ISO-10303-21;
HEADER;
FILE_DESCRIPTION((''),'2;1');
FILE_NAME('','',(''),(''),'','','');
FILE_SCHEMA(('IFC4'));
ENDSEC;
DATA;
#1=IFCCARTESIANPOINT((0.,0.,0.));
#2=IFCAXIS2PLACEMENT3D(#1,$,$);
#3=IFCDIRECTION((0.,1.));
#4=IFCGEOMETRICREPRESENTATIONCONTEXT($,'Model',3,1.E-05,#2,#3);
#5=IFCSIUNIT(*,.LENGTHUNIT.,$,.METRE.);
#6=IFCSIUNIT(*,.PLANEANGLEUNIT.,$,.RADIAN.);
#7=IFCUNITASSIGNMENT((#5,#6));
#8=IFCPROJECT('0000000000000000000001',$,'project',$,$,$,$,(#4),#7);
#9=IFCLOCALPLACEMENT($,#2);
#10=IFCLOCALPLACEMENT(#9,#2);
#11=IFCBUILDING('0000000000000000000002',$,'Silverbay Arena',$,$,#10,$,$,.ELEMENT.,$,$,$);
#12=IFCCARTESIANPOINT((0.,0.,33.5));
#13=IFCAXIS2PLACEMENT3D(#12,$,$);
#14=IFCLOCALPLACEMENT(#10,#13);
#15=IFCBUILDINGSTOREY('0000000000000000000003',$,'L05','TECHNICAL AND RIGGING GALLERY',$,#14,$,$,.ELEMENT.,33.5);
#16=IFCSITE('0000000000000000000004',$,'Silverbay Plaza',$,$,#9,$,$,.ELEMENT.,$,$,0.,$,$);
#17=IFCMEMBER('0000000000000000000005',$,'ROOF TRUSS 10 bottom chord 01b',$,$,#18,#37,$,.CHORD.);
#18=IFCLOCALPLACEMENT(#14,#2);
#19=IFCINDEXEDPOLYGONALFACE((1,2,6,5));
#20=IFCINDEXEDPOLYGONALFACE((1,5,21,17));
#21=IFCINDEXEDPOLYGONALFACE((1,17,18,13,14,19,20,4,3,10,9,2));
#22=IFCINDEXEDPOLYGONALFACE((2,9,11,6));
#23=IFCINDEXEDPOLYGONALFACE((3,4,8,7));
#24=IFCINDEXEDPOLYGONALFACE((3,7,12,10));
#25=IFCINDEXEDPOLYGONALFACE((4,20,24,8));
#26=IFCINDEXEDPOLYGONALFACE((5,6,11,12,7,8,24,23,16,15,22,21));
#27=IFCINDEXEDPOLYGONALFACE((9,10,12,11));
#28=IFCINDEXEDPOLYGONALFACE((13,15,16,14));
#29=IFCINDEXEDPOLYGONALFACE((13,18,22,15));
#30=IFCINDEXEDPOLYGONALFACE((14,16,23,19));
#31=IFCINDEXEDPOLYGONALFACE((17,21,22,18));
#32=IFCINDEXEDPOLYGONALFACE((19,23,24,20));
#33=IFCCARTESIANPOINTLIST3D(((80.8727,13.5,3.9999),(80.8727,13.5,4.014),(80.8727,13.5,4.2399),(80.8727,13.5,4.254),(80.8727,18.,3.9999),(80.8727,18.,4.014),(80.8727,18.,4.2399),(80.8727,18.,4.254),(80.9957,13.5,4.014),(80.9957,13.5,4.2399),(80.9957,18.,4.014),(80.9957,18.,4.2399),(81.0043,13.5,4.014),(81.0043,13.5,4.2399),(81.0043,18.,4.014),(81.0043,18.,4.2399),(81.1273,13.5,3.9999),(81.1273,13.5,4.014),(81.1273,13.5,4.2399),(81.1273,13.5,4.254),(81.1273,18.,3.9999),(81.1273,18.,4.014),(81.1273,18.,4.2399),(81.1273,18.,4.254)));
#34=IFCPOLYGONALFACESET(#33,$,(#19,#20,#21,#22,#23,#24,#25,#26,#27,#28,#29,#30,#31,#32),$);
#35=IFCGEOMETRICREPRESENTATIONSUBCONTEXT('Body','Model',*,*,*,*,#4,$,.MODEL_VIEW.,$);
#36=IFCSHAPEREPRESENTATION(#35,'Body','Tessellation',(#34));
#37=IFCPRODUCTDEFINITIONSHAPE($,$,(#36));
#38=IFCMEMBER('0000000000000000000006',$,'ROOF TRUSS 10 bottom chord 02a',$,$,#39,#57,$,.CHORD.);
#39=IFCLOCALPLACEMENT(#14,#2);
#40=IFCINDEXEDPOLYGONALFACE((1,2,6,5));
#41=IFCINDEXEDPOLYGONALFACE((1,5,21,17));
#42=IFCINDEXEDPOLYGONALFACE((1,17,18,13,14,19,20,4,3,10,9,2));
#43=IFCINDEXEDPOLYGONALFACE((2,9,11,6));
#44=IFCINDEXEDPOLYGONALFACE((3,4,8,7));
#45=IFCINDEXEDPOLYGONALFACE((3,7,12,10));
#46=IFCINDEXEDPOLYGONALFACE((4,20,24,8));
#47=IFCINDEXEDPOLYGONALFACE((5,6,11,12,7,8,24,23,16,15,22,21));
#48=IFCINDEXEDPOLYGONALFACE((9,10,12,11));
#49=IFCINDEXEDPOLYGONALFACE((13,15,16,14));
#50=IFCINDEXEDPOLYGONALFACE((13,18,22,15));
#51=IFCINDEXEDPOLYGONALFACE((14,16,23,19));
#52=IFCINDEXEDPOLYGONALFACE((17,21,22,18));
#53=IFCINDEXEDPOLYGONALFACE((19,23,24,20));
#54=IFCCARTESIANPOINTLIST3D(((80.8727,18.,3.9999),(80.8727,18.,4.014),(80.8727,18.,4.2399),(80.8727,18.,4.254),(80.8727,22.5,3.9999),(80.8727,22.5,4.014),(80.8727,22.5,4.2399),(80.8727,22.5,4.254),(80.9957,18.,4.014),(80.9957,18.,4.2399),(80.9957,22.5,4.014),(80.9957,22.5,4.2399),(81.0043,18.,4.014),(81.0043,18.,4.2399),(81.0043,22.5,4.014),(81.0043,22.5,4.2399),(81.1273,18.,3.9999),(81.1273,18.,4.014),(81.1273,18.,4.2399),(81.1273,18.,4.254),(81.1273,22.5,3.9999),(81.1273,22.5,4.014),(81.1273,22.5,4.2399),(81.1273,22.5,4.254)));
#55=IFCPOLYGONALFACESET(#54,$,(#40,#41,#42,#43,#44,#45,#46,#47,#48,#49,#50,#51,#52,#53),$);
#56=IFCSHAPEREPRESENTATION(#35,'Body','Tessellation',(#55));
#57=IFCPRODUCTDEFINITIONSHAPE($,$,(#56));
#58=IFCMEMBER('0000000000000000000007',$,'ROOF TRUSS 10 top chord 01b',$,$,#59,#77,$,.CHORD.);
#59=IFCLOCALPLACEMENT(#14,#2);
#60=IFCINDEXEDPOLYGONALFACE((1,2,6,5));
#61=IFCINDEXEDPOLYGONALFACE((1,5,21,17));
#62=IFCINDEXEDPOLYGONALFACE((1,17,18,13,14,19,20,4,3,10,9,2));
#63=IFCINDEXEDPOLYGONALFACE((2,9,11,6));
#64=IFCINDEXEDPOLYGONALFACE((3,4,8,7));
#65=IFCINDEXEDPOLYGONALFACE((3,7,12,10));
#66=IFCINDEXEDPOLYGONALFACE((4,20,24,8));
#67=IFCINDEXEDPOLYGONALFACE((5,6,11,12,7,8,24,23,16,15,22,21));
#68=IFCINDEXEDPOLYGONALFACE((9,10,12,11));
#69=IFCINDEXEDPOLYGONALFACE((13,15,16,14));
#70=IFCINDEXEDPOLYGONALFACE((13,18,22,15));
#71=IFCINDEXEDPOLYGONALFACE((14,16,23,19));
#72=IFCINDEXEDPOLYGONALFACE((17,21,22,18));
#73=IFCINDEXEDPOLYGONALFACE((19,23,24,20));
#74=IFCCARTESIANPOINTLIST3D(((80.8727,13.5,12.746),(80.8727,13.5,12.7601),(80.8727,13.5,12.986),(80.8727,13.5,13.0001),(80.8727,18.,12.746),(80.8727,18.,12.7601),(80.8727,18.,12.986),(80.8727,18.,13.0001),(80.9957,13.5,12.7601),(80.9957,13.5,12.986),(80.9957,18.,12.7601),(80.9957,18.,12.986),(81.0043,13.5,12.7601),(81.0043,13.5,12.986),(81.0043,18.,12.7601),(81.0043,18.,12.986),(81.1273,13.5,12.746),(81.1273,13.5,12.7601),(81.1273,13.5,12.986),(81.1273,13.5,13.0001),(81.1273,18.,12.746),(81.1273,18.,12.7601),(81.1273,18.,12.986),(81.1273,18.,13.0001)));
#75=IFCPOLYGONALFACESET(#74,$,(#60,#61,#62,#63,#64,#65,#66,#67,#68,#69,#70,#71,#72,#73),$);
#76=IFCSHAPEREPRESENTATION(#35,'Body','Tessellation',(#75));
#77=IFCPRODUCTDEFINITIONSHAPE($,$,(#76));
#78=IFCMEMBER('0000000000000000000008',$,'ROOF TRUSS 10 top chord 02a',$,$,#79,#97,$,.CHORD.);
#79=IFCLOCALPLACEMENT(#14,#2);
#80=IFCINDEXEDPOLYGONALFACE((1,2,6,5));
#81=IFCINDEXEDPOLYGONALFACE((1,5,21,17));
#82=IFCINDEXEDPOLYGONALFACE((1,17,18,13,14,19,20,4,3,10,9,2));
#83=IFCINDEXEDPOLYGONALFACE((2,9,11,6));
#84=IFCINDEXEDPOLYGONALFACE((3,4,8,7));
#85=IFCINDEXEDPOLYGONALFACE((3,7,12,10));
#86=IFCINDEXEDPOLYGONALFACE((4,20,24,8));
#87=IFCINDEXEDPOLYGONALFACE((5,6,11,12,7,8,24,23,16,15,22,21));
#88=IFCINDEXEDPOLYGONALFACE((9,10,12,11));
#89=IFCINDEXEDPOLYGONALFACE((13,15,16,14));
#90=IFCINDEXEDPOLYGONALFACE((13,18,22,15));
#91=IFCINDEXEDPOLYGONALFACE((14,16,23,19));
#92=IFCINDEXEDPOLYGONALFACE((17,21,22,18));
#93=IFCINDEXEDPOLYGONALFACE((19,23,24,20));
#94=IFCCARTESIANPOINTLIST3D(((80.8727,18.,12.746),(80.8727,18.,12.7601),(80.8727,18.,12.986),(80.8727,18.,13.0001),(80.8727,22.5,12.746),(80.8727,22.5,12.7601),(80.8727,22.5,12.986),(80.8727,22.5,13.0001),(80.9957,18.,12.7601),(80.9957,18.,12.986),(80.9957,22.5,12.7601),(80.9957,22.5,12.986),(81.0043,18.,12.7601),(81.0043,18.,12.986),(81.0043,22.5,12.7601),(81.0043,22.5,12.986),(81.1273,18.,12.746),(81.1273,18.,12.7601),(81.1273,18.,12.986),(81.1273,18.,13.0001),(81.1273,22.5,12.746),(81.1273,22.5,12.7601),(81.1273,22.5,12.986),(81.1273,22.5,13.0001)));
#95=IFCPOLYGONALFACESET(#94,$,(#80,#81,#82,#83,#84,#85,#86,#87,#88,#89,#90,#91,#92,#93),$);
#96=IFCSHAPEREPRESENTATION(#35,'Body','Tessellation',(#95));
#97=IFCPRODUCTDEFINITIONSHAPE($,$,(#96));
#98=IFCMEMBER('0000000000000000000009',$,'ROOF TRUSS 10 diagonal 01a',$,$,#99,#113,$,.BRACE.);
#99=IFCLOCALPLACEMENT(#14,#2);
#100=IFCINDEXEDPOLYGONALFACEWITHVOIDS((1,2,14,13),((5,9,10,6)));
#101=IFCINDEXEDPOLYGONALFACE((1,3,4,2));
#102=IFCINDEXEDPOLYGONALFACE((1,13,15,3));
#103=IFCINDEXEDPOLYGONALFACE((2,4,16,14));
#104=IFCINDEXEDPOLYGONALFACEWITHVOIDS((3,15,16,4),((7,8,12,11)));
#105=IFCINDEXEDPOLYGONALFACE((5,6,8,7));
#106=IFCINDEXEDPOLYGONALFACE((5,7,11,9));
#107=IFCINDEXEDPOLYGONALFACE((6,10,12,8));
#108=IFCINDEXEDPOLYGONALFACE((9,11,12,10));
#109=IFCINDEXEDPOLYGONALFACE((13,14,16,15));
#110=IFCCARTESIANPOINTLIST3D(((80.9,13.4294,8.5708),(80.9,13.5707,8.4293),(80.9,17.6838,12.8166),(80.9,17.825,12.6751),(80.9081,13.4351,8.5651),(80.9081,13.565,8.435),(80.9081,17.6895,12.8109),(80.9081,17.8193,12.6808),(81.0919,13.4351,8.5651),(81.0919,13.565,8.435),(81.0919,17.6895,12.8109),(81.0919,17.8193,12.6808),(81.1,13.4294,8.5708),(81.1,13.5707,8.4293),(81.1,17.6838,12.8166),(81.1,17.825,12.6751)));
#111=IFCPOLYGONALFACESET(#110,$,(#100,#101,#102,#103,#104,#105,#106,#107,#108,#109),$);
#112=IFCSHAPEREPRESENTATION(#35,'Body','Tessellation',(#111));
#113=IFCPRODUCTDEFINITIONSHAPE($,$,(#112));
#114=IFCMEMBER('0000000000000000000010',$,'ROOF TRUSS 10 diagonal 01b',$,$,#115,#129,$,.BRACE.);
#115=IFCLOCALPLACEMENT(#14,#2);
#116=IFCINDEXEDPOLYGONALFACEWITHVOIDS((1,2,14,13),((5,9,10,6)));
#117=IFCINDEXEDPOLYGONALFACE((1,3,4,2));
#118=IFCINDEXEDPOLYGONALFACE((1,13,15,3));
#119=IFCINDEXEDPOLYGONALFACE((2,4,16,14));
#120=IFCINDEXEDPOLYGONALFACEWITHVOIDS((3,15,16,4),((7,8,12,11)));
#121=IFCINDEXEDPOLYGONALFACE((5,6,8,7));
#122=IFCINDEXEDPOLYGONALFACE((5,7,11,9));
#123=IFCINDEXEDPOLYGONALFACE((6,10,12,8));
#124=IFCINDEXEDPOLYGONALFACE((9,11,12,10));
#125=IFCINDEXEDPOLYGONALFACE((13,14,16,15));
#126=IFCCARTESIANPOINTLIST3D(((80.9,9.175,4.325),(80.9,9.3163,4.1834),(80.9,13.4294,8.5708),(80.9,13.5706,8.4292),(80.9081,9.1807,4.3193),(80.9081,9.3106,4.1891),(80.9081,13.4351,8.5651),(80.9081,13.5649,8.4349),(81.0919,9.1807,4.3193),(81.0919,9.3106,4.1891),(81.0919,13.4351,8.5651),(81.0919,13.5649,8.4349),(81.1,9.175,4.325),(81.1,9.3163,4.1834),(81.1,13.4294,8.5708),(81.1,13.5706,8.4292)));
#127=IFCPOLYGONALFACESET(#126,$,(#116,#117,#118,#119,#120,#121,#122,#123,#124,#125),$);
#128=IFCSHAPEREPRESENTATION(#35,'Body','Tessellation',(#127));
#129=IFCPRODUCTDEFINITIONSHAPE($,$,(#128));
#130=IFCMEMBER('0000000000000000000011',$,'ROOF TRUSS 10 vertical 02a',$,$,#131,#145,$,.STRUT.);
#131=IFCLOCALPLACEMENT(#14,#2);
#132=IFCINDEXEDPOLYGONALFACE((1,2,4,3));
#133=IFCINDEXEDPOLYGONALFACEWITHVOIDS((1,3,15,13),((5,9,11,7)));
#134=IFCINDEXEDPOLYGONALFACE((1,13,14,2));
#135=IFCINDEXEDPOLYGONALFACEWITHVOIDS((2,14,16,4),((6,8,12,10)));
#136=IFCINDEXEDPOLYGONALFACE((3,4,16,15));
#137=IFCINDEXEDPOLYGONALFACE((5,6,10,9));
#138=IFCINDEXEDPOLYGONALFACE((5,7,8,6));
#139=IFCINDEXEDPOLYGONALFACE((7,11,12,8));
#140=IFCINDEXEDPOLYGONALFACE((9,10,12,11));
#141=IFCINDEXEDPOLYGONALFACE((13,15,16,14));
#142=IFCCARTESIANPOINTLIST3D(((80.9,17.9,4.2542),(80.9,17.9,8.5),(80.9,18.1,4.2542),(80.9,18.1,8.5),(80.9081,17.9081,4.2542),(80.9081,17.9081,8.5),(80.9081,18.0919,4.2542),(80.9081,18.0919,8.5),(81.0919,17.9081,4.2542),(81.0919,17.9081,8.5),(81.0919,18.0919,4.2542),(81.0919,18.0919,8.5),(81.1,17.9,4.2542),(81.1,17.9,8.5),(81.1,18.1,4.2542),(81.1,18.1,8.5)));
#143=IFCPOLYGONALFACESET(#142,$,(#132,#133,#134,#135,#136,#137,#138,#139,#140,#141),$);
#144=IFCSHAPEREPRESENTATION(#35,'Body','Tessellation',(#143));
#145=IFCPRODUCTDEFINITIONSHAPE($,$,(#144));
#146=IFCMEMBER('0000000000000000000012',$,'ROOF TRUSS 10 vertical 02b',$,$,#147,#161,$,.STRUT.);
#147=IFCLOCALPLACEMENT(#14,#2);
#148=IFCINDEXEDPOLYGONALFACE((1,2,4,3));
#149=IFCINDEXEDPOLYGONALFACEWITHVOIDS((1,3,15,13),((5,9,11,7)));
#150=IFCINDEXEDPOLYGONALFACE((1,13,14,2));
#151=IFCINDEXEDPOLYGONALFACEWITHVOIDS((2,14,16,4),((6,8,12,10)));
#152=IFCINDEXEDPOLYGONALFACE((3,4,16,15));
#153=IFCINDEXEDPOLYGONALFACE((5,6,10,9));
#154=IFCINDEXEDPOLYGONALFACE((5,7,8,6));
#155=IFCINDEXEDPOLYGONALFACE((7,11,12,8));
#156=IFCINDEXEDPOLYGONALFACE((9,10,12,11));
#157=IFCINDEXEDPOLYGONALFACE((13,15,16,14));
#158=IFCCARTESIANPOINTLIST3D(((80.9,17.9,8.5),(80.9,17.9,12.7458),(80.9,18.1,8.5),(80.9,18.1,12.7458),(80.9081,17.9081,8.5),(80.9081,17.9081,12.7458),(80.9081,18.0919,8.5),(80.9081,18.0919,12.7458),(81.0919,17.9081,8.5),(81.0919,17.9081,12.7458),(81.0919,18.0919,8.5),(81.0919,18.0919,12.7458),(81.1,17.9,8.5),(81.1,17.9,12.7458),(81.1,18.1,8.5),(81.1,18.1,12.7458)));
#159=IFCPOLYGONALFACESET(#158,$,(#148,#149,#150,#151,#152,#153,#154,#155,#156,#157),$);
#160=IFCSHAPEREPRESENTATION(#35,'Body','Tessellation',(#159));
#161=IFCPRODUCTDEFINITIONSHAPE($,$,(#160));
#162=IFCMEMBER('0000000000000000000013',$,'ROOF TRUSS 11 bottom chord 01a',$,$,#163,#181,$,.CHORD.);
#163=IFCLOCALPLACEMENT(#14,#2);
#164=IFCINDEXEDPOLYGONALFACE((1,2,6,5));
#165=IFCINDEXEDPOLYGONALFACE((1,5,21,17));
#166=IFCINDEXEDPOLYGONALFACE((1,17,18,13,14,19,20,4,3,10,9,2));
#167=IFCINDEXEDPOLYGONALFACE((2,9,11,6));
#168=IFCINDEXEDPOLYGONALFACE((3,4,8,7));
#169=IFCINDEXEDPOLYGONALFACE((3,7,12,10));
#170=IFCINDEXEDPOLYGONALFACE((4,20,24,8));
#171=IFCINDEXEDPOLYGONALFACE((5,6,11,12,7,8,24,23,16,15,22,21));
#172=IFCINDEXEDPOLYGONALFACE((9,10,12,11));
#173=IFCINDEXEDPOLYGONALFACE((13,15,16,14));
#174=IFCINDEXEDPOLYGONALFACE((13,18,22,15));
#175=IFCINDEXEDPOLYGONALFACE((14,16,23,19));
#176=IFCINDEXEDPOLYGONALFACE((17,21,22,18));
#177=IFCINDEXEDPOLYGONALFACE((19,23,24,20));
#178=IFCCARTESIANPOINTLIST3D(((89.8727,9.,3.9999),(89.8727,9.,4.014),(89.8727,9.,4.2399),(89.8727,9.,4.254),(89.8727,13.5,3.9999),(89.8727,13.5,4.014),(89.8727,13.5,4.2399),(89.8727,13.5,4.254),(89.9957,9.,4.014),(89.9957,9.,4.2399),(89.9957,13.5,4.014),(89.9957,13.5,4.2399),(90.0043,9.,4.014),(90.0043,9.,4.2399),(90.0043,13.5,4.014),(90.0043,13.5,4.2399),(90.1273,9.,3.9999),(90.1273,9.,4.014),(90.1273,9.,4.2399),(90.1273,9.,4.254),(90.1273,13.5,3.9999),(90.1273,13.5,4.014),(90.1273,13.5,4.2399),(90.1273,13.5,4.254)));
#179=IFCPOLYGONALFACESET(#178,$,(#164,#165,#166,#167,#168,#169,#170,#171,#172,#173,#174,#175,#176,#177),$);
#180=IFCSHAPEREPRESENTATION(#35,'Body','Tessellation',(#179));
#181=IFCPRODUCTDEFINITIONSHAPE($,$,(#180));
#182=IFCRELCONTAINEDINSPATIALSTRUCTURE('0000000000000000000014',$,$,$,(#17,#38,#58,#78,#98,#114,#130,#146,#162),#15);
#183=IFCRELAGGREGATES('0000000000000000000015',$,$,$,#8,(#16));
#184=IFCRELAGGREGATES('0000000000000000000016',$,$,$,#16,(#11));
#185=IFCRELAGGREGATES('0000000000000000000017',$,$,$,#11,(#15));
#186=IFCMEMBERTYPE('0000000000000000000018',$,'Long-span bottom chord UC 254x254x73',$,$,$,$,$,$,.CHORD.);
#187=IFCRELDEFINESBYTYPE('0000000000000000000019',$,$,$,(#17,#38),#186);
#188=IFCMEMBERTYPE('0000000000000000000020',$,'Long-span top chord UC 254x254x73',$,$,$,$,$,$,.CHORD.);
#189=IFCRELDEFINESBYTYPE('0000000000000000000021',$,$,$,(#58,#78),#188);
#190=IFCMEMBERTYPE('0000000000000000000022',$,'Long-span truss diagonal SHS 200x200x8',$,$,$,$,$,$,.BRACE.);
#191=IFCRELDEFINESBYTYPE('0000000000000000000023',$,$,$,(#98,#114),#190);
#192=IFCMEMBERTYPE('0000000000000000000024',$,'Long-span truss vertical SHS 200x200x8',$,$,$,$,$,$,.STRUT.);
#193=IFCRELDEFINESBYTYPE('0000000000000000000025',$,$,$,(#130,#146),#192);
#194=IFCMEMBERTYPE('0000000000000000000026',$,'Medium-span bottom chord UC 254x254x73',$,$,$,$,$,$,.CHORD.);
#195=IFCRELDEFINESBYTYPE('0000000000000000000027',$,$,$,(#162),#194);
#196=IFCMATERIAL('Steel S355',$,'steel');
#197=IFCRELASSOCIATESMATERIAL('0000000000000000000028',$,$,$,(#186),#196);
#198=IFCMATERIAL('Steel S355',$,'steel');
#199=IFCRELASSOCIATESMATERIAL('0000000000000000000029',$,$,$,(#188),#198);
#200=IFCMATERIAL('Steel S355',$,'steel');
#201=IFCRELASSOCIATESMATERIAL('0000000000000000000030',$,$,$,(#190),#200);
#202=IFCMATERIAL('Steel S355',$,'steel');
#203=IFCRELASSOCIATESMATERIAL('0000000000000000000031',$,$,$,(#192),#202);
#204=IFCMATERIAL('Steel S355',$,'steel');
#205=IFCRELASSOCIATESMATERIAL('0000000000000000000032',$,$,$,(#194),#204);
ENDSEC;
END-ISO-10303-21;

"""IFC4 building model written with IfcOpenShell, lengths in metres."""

from ifc_helpers import new_model, si_unit, direction, frame, origin, origin_2d, place, context, subcontext, project, spatial, hollow_rectangle, i_section, extrude, material, material_profile, profile_set, type_object, element, save


model = new_model("IFC4")

# Units and contexts
model_context = context("Model", 3, precision=1e-05, world=origin(), true_north=direction((0.0, 1.0)))
body_context = subcontext(model_context, "Body", "Model", "MODEL_VIEW")
ifc_project = project(units=[si_unit("LENGTHUNIT", "METRE"), si_unit("PLANEANGLEUNIT", "RADIAN")], contexts=[model_context])

# Site, building, storey
site_placement = place(None, origin())
site = spatial("IfcSite", under=ifc_project, at=site_placement, Name="Silverbay Plaza", CompositionType="ELEMENT", RefElevation=0.0)
building_placement = place(site_placement, origin())
building = spatial("IfcBuilding", under=site, at=building_placement, Name="Silverbay Arena", CompositionType="ELEMENT")
storey_placement = place(building_placement, frame((0.0, 0.0, 33.5)))
storey = spatial("IfcBuildingStorey", under=building, at=storey_placement, Name="L05", Description="TECHNICAL AND RIGGING GALLERY", CompositionType="ELEMENT", Elevation=33.5)

# Members
ifc_material_1 = material(Name="Steel S355", Category="steel")
ifc_material_profile_1 = material_profile(ifc_material_1, i_section(OverallWidth=0.2546, OverallDepth=0.2542, WebThickness=0.0085, FlangeThickness=0.0142, at=origin_2d()), Name="UC 254x254x73")
ifc_profile_set_1 = profile_set([ifc_material_profile_1], Name="Steel S355")
member_type_1 = type_object("IfcMemberType", Name="Long-span bottom chord UC 254x254x73", PredefinedType="CHORD", material=ifc_profile_set_1)
for number, where, z_axis, x_axis, name in (
    (1, (81.0, 13.5, 4.127), (0.0, 1.0, 0.0), (-1.0, 0.0, 0.0), "ROOF TRUSS 10 bottom chord 01b"),
    (2, (81.0, 18.0, 4.127), (0.0, 1.0, 0.0), (-1.0, 0.0, 0.0), "ROOF TRUSS 10 bottom chord 02a"),
):
    element("IfcMember", number, at=place(storey_placement, frame(where, z_axis=z_axis, x_axis=x_axis)), inside=storey, type_object=member_type_1, Name=name, PredefinedType="CHORD", context=body_context, shape_type="SweptSolid", body=[
        extrude(i_section(OverallWidth=0.2546, OverallDepth=0.2542, WebThickness=0.0085, FlangeThickness=0.0142, at=origin_2d()), origin(), (0.0, 0.0, 1.0), 4.5),
    ])
ifc_material_2 = material(Name="Steel S355", Category="steel")
ifc_material_profile_2 = material_profile(ifc_material_2, i_section(OverallWidth=0.2546, OverallDepth=0.2542, WebThickness=0.0085, FlangeThickness=0.0142, at=origin_2d()), Name="UC 254x254x73")
ifc_profile_set_2 = profile_set([ifc_material_profile_2], Name="Steel S355")
member_type_2 = type_object("IfcMemberType", Name="Long-span top chord UC 254x254x73", PredefinedType="CHORD", material=ifc_profile_set_2)
for number, where, z_axis, x_axis, name in (
    (3, (81.0, 13.5, 12.873), (0.0, 1.0, 0.0), (-1.0, 0.0, 0.0), "ROOF TRUSS 10 top chord 01b"),
    (4, (81.0, 18.0, 12.873), (0.0, 1.0, 0.0), (-1.0, 0.0, 0.0), "ROOF TRUSS 10 top chord 02a"),
):
    element("IfcMember", number, at=place(storey_placement, frame(where, z_axis=z_axis, x_axis=x_axis)), inside=storey, type_object=member_type_2, Name=name, PredefinedType="CHORD", context=body_context, shape_type="SweptSolid", body=[
        extrude(i_section(OverallWidth=0.2546, OverallDepth=0.2542, WebThickness=0.0085, FlangeThickness=0.0142, at=origin_2d()), origin(), (0.0, 0.0, 1.0), 4.5),
    ])
ifc_material_3 = material(Name="Steel S355", Category="steel")
ifc_material_profile_3 = material_profile(ifc_material_3, hollow_rectangle(XDim=0.2, YDim=0.2, WallThickness=0.0081, at=origin_2d()), Name="SHS 200x200x8")
ifc_profile_set_3 = profile_set([ifc_material_profile_3], Name="Steel S355")
member_type_3 = type_object("IfcMemberType", Name="Long-span truss diagonal SHS 200x200x8", PredefinedType="BRACE", material=ifc_profile_set_3)
for number, where, z_axis, x_axis, name in (
    (5, (81.0, 17.7544, 12.7458), (0.0, -0.707817, -0.706396), (1.0, 0.0, 0.0), "ROOF TRUSS 10 diagonal 01a"),
    (6, (81.0, 13.5, 8.5), (0.0, -0.707817, -0.706396), (1.0, 0.0, 0.0), "ROOF TRUSS 10 diagonal 01b"),
):
    element("IfcMember", number, at=place(storey_placement, frame(where, z_axis=z_axis, x_axis=x_axis)), inside=storey, type_object=member_type_3, Name=name, PredefinedType="BRACE", context=body_context, shape_type="SweptSolid", body=[
        extrude(hollow_rectangle(XDim=0.2, YDim=0.2, WallThickness=0.0081, at=origin_2d()), origin(), (0.0, 0.0, 1.0), 6.0105),
    ])
ifc_material_4 = material(Name="Steel S355", Category="steel")
ifc_material_profile_4 = material_profile(ifc_material_4, hollow_rectangle(XDim=0.2, YDim=0.2, WallThickness=0.0081, at=origin_2d()), Name="SHS 200x200x8")
ifc_profile_set_4 = profile_set([ifc_material_profile_4], Name="Steel S355")
member_type_4 = type_object("IfcMemberType", Name="Long-span truss vertical SHS 200x200x8", PredefinedType="STRUT", material=ifc_profile_set_4)
for number, where, z_axis, x_axis, name in (
    (7, (81.0, 18.0, 4.2542), (0.0, 0.0, 1.0), (1.0, 0.0, 0.0), "ROOF TRUSS 10 vertical 02a"),
    (8, (81.0, 18.0, 8.5), (0.0, 0.0, 1.0), (1.0, 0.0, 0.0), "ROOF TRUSS 10 vertical 02b"),
):
    element("IfcMember", number, at=place(storey_placement, frame(where, z_axis=z_axis, x_axis=x_axis)), inside=storey, type_object=member_type_4, Name=name, PredefinedType="STRUT", context=body_context, shape_type="SweptSolid", body=[
        extrude(hollow_rectangle(XDim=0.2, YDim=0.2, WallThickness=0.0081, at=origin_2d()), origin(), (0.0, 0.0, 1.0), 4.2458),
    ])
ifc_material_5 = material(Name="Steel S355", Category="steel")
ifc_material_profile_5 = material_profile(ifc_material_5, i_section(OverallWidth=0.2546, OverallDepth=0.2542, WebThickness=0.0085, FlangeThickness=0.0142, at=origin_2d()), Name="UC 254x254x73")
ifc_profile_set_5 = profile_set([ifc_material_profile_5], Name="Steel S355")
member_type_5 = type_object("IfcMemberType", Name="Medium-span bottom chord UC 254x254x73", PredefinedType="CHORD", material=ifc_profile_set_5)
for number, where, z_axis, x_axis, name in (
    (9, (90.0, 9.0, 4.127), (0.0, 1.0, 0.0), (-1.0, 0.0, 0.0), "ROOF TRUSS 11 bottom chord 01a"),
):
    element("IfcMember", number, at=place(storey_placement, frame(where, z_axis=z_axis, x_axis=x_axis)), inside=storey, type_object=member_type_5, Name=name, PredefinedType="CHORD", context=body_context, shape_type="SweptSolid", body=[
        extrude(i_section(OverallWidth=0.2546, OverallDepth=0.2542, WebThickness=0.0085, FlangeThickness=0.0142, at=origin_2d()), origin(), (0.0, 0.0, 1.0), 4.5),
    ])

save(model, "model.ifc")
